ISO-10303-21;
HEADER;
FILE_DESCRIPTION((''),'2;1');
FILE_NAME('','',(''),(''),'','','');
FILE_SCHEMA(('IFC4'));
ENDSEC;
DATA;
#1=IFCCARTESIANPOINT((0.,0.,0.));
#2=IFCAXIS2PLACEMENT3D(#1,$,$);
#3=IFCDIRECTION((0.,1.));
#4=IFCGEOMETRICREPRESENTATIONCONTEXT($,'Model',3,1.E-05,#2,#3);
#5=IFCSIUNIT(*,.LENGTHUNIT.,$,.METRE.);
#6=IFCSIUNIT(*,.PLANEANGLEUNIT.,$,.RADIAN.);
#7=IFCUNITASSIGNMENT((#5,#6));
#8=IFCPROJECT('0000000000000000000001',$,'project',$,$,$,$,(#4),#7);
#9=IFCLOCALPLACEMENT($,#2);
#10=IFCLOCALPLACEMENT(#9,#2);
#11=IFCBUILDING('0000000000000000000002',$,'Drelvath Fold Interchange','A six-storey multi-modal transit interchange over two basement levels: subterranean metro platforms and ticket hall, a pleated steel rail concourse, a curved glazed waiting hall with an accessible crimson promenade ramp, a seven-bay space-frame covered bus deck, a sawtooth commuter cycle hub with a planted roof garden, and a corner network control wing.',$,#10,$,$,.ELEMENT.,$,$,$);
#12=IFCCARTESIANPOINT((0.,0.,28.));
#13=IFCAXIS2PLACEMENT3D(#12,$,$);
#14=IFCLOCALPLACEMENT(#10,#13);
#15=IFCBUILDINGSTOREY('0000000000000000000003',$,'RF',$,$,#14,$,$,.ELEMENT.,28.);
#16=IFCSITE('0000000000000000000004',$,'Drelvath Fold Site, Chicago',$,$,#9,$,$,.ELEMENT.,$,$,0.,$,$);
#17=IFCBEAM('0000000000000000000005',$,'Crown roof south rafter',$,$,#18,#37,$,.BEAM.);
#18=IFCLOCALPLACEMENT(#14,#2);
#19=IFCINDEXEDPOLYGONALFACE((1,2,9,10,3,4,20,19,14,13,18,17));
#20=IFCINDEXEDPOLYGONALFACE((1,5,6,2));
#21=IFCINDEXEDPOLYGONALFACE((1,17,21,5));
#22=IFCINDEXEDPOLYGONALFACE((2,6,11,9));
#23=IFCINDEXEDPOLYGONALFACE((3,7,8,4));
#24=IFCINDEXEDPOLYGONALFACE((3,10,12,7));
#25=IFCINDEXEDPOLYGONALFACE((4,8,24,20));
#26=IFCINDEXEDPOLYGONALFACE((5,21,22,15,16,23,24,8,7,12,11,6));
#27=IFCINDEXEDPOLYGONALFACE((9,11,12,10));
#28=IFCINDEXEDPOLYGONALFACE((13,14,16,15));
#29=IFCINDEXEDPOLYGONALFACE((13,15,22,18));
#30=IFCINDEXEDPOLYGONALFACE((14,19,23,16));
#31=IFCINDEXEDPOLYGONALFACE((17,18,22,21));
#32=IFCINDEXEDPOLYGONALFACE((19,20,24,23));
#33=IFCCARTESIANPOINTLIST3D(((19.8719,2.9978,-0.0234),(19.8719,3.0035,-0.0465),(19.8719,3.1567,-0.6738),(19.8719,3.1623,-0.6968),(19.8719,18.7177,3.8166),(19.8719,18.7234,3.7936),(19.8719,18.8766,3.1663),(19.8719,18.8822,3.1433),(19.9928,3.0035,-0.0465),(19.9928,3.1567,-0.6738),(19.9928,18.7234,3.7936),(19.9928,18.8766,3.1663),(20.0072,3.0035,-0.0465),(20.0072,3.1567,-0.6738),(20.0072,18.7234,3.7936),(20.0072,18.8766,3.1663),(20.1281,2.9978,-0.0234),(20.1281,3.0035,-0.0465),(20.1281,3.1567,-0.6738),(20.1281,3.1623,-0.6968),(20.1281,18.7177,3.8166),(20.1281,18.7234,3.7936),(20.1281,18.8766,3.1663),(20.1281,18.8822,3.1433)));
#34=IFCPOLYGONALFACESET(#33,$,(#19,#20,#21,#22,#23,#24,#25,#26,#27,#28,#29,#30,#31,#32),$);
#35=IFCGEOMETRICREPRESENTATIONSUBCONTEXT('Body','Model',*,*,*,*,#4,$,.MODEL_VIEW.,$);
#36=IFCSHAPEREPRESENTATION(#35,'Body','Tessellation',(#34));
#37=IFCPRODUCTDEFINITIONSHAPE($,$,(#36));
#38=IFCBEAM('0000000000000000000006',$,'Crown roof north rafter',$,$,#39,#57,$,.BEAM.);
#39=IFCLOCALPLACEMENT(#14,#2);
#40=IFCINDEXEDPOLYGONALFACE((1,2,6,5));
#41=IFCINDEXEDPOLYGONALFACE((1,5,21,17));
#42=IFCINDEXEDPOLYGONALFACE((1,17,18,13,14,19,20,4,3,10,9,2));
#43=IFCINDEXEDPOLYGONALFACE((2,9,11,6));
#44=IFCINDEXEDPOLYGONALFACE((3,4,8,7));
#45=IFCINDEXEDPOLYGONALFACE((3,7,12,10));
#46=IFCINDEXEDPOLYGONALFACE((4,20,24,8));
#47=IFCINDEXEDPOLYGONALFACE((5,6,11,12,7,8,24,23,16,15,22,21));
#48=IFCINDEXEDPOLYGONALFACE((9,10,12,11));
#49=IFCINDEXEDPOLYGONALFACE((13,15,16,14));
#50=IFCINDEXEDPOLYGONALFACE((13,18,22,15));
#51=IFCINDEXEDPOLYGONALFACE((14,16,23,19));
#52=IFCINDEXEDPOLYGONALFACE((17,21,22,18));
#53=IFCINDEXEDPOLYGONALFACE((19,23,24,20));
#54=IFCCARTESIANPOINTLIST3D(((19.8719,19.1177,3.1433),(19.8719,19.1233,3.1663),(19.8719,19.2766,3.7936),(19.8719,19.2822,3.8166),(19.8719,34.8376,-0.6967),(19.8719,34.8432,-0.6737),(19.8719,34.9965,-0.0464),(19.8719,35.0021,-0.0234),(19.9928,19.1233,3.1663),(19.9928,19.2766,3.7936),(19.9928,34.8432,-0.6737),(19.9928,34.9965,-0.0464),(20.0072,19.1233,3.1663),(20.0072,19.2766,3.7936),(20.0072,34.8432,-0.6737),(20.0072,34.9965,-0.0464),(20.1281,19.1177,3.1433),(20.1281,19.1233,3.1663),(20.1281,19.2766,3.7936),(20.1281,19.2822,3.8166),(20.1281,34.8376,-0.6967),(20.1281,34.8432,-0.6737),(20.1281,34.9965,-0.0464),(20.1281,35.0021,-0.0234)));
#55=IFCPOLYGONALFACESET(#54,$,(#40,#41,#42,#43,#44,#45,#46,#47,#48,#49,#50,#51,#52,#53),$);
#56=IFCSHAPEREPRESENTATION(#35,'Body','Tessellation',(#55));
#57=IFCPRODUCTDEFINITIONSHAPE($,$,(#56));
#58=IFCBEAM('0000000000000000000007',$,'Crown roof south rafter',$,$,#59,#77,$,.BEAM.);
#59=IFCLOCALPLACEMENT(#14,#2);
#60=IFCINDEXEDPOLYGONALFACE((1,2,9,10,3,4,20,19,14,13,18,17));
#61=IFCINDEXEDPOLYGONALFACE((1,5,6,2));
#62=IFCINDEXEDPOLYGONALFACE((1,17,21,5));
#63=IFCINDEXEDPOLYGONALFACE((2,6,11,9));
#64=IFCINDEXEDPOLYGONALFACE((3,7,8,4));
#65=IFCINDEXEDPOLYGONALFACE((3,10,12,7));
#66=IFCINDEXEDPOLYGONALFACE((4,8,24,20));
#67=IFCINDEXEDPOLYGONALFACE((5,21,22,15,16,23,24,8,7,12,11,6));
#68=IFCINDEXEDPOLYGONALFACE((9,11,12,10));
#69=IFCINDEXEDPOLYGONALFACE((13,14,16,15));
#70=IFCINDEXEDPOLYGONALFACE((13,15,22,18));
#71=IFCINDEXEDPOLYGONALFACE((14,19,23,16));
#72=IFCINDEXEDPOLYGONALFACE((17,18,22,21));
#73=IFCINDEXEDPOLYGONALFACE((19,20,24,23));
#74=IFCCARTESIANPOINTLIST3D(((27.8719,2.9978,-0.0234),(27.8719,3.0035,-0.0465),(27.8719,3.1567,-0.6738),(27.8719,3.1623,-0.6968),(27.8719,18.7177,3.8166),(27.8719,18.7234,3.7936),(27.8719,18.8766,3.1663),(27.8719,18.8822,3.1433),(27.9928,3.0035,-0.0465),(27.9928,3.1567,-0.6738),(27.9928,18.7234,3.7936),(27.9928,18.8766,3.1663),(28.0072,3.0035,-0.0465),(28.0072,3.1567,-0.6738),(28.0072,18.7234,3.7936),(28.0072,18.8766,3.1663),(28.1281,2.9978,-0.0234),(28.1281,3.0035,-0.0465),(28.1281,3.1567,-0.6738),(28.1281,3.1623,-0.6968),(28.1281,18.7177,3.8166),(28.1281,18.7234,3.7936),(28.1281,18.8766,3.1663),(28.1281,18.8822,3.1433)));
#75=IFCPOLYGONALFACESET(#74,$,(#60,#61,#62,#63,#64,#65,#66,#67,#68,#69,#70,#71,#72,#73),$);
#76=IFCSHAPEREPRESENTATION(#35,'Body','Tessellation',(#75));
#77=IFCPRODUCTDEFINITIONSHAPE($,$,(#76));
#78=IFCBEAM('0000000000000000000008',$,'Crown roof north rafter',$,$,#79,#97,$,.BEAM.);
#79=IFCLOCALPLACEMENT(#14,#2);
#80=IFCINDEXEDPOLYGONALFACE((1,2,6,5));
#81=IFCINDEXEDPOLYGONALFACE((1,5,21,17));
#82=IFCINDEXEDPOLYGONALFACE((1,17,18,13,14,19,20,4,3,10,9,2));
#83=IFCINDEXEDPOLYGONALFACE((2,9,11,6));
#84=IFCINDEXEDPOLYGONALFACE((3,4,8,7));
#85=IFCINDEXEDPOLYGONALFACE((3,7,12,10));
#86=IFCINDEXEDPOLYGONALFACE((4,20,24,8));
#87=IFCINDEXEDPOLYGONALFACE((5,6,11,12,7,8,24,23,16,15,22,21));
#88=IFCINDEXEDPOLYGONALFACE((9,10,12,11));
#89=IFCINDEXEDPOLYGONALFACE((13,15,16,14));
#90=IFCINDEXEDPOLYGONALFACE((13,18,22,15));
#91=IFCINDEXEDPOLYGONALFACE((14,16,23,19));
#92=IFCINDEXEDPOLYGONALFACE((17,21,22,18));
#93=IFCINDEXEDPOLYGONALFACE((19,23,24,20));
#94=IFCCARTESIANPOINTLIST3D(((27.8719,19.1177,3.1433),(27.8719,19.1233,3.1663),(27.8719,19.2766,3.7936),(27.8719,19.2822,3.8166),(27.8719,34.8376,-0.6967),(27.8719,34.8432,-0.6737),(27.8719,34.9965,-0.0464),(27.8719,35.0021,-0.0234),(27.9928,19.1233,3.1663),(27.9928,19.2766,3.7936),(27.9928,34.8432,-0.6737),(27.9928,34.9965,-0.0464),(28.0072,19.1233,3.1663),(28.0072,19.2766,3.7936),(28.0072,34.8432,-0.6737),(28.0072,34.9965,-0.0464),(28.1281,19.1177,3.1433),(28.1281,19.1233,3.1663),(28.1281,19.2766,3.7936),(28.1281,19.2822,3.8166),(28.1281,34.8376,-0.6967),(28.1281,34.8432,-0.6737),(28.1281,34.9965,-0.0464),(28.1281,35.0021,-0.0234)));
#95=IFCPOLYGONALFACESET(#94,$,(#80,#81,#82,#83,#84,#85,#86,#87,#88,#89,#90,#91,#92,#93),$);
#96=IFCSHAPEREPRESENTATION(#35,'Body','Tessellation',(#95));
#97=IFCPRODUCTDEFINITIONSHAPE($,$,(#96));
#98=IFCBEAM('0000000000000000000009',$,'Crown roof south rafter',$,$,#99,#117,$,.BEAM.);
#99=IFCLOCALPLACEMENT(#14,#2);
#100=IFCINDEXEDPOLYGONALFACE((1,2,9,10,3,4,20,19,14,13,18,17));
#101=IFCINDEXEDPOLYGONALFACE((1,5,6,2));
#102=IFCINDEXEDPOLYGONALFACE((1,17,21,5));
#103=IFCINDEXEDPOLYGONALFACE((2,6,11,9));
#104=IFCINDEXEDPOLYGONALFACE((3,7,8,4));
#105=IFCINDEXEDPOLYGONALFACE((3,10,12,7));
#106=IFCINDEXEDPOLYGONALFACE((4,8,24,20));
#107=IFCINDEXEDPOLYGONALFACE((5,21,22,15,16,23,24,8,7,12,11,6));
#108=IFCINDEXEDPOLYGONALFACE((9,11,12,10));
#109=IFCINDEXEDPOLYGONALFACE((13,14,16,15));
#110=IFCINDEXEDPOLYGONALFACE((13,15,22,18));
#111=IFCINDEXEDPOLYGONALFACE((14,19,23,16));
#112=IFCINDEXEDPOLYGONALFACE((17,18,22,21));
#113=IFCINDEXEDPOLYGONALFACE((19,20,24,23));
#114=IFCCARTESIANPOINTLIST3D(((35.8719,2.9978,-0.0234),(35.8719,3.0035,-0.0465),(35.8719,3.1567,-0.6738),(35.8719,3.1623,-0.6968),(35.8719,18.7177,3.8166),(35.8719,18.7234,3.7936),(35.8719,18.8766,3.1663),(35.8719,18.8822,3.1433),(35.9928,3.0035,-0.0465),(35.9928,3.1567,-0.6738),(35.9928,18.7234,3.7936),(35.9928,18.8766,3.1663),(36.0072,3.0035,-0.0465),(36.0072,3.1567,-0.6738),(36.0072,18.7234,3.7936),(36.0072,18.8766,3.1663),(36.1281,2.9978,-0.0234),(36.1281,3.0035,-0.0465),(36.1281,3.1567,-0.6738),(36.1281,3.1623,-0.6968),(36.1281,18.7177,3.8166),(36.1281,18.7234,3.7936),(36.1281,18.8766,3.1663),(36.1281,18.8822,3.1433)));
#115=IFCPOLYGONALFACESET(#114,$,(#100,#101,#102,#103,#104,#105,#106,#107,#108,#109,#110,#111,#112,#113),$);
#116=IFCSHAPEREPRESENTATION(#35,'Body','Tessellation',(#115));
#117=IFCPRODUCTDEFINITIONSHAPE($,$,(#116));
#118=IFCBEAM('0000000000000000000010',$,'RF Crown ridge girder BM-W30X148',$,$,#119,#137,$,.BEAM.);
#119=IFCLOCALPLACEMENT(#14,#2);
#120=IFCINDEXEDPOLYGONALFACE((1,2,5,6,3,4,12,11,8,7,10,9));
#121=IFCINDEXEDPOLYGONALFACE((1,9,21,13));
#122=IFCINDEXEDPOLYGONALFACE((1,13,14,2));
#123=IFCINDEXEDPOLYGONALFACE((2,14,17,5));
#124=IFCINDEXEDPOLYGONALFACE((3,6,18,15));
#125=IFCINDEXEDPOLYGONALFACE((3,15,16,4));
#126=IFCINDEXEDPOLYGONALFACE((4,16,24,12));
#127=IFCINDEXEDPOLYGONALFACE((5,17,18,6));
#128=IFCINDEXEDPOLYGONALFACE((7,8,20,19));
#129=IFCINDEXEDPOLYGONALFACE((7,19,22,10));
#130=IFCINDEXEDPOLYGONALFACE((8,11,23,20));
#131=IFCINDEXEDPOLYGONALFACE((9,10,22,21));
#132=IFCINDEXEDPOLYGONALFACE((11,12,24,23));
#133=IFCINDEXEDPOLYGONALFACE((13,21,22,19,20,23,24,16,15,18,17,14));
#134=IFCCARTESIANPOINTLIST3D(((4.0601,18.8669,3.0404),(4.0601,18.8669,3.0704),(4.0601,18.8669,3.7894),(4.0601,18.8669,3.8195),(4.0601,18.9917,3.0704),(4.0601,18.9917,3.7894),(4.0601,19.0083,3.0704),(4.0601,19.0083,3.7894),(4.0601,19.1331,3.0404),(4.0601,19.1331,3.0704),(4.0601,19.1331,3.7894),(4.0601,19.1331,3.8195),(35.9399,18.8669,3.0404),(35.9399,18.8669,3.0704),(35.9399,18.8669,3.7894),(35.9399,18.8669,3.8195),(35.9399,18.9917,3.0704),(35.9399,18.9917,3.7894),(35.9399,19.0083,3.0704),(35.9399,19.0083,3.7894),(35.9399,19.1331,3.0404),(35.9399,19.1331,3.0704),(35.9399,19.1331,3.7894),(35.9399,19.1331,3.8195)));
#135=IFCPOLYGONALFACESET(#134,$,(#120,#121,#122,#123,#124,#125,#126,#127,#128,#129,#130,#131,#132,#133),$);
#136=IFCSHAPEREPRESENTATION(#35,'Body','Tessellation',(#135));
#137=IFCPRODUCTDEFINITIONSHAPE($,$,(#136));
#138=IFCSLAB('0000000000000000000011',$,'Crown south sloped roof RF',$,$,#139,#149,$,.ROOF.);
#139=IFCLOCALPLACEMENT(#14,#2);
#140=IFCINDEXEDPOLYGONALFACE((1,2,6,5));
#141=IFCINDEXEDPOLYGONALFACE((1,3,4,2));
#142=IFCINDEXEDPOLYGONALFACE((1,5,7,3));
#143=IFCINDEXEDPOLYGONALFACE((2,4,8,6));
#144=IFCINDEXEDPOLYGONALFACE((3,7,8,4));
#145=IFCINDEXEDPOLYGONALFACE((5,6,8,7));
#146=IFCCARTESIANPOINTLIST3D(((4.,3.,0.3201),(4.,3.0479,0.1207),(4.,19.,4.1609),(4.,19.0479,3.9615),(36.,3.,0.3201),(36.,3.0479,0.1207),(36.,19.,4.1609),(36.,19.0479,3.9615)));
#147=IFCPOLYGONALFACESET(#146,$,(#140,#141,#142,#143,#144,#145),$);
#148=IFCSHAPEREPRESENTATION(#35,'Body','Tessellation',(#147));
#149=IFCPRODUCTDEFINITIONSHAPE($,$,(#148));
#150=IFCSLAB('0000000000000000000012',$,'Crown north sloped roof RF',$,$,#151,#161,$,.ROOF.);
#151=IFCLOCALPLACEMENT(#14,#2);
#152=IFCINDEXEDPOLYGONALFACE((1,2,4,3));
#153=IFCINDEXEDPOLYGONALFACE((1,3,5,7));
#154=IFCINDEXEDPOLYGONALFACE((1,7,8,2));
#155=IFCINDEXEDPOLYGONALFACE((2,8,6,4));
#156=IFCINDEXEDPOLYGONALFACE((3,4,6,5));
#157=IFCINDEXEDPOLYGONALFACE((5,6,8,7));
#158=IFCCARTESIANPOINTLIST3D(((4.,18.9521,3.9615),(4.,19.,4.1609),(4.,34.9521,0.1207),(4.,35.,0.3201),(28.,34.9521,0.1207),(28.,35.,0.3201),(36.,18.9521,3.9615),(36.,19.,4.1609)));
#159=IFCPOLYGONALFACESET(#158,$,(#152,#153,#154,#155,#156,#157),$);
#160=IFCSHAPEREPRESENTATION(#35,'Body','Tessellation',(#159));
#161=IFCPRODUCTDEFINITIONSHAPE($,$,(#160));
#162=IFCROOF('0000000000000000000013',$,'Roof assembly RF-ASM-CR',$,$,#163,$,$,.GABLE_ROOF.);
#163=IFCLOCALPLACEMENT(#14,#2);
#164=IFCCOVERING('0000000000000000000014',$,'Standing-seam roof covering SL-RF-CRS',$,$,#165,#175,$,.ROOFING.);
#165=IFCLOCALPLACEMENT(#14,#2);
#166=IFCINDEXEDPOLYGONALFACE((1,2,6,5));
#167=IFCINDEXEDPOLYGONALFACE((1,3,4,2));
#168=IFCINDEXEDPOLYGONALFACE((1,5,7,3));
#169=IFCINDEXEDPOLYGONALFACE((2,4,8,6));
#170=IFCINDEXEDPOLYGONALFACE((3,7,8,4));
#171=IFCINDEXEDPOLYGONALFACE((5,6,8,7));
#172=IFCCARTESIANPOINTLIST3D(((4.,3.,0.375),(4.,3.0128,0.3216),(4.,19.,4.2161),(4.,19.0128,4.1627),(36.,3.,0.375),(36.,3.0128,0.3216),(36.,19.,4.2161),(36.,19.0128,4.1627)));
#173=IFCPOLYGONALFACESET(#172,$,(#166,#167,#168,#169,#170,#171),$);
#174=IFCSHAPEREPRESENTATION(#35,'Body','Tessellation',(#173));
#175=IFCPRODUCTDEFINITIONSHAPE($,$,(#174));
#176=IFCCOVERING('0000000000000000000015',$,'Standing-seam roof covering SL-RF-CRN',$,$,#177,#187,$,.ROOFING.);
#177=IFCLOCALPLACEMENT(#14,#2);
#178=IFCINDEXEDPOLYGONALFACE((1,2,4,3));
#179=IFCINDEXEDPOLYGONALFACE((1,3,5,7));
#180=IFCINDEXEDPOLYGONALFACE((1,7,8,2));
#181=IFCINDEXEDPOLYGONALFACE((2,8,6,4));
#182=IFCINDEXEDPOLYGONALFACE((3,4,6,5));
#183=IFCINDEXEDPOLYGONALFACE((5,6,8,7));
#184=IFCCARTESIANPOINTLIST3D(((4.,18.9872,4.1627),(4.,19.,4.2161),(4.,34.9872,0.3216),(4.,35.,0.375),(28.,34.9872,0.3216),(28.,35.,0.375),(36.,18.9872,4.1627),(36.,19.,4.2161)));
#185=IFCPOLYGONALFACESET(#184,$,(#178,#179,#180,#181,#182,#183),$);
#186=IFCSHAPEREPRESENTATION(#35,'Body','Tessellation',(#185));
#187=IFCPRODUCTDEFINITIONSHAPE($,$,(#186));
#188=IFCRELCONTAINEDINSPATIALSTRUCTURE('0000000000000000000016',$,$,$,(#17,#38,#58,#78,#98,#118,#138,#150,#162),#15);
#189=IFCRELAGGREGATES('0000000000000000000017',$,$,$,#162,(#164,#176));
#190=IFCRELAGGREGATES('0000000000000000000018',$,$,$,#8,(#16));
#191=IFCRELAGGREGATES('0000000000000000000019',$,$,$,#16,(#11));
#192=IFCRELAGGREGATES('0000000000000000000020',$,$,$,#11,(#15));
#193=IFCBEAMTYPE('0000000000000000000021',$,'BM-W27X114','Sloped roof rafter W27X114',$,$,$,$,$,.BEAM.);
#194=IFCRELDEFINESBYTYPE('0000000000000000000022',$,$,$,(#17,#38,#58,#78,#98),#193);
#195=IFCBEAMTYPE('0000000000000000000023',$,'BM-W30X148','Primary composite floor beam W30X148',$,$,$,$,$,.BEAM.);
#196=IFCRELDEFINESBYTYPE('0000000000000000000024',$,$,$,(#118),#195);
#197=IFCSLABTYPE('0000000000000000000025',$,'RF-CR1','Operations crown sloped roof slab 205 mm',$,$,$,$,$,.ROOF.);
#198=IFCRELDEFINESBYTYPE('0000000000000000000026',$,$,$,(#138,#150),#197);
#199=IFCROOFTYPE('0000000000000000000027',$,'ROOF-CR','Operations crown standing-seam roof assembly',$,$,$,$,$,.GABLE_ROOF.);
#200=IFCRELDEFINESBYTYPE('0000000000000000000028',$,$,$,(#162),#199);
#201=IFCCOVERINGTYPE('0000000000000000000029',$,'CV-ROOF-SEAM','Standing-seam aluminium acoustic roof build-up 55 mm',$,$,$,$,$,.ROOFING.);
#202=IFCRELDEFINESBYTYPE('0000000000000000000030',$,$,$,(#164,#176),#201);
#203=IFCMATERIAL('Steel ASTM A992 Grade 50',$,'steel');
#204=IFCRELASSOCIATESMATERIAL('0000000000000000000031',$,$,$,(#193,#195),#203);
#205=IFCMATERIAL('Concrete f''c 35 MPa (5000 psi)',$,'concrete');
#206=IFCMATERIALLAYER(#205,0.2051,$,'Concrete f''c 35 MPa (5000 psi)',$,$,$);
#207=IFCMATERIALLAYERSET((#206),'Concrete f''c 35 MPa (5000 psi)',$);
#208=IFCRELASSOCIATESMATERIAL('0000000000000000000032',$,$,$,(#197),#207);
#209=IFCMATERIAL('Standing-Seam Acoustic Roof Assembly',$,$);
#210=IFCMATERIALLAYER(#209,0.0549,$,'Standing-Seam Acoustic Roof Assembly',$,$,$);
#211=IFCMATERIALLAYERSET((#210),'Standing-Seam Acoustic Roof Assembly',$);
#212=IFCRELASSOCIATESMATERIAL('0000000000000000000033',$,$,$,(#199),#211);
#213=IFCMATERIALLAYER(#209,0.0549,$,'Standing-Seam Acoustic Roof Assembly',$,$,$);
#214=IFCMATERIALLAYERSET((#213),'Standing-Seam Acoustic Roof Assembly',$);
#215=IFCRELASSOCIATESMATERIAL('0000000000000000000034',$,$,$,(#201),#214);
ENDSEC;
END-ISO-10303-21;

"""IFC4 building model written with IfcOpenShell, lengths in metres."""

from ifc_helpers import new_model, si_unit, direction, frame, origin, origin_2d, place, context, subcontext, project, spatial, polyline, i_section, outline, extrude, material, layer, layer_set, material_profile, profile_set, type_object, element, aggregate, save


model = new_model("IFC4")

# Units and contexts
model_context = context("Model", 3, precision=1e-05, world=origin(), true_north=direction((0.0, 1.0)))
body_context = subcontext(model_context, "Body", "Model", "MODEL_VIEW")
ifc_project = project(units=[si_unit("LENGTHUNIT", "METRE"), si_unit("PLANEANGLEUNIT", "RADIAN")], contexts=[model_context])

# Site, building, storey
site_placement = place(None, origin())
site = spatial("IfcSite", under=ifc_project, at=site_placement, Name="Drelvath Fold Site, Chicago", CompositionType="ELEMENT", RefElevation=0.0)
building_placement = place(site_placement, origin())
building = spatial("IfcBuilding", under=site, at=building_placement, Name="Drelvath Fold Interchange", Description="A six-storey multi-modal transit interchange over two basement levels: subterranean metro platforms and ticket hall, a pleated steel rail concourse, a curved glazed waiting hall with an accessible crimson promenade ramp, a seven-bay space-frame covered bus deck, a sawtooth commuter cycle hub with a planted roof garden, and a corner network control wing.", CompositionType="ELEMENT")
storey_placement = place(building_placement, frame((0.0, 0.0, 28.0)))
storey = spatial("IfcBuildingStorey", under=building, at=storey_placement, Name="RF", CompositionType="ELEMENT", Elevation=28.0)

# Shared definitions
ifc_material_1 = material(Name="Steel ASTM A992 Grade 50", Category="steel")

# Beams
ifc_material_profile_1 = material_profile(ifc_material_1, i_section(OverallWidth=0.2561, OverallDepth=0.6931, WebThickness=0.0144, FlangeThickness=0.0237, at=origin_2d()), Name="W27X114")
ifc_profile_set_1 = profile_set([ifc_material_profile_1], Name="Steel ASTM A992 Grade 50")
beam_type_1 = type_object("IfcBeamType", Name="BM-W27X114", Description="Sloped roof rafter W27X114", PredefinedType="BEAM", material=ifc_profile_set_1)
for number, where, z_axis, x_axis, name in (
    (1, (20.0, 3.0801, -0.3601), (0.0, 0.971436, 0.237303), (-1.0, 0.0, 0.0), "Crown roof south rafter"),
    (2, (20.0, 19.2, 3.48), (0.0, 0.971436, -0.237303), (-1.0, 0.0, 0.0), "Crown roof north rafter"),
    (3, (28.0, 3.0801, -0.3601), (0.0, 0.971436, 0.237303), (-1.0, 0.0, 0.0), "Crown roof south rafter"),
    (4, (28.0, 19.2, 3.48), (0.0, 0.971436, -0.237303), (-1.0, 0.0, 0.0), "Crown roof north rafter"),
    (5, (36.0, 3.0801, -0.3601), (0.0, 0.971436, 0.237303), (-1.0, 0.0, 0.0), "Crown roof south rafter"),
):
    element("IfcBeam", number, at=place(storey_placement, frame(where, z_axis=z_axis, x_axis=x_axis)), inside=storey, type_object=beam_type_1, Name=name, PredefinedType="BEAM", context=body_context, shape_type="SweptSolid", body=[
        extrude(i_section(OverallWidth=0.2561, OverallDepth=0.6931, WebThickness=0.0144, FlangeThickness=0.0237, at=origin_2d()), origin(), (0.0, 0.0, 1.0), 16.1821),
    ])
ifc_material_profile_2 = material_profile(ifc_material_1, i_section(OverallWidth=0.2661, OverallDepth=0.7791, WebThickness=0.0166, FlangeThickness=0.03, at=origin_2d()), Name="W30X148")
ifc_profile_set_2 = profile_set([ifc_material_profile_2], Name="Steel ASTM A992 Grade 50")
beam_type_2 = type_object("IfcBeamType", Name="BM-W30X148", Description="Primary composite floor beam W30X148", PredefinedType="BEAM", material=ifc_profile_set_2)
beam_placement = place(storey_placement, frame((4.0601, 19.0, 3.4299), z_axis=(1.0, 0.0, 0.0), x_axis=(0.0, 1.0, 0.0)))
element("IfcBeam", 6, at=beam_placement, inside=storey, type_object=beam_type_2, Name="RF Crown ridge girder BM-W30X148", PredefinedType="BEAM", context=body_context, shape_type="SweptSolid", body=[
    extrude(i_section(OverallWidth=0.2661, OverallDepth=0.7791, WebThickness=0.0166, FlangeThickness=0.03, at=origin_2d()), origin(), (0.0, 0.0, 1.0), 31.8799),
])

# Slabs
ifc_material_2 = material(Name="Concrete f'c 35 MPa (5000 psi)", Category="concrete")
ifc_layer_1 = layer(ifc_material_2, 0.2051, Name="Concrete f'c 35 MPa (5000 psi)")
ifc_layer_set_1 = layer_set([ifc_layer_1], Name="Concrete f'c 35 MPa (5000 psi)")
slab_type = type_object("IfcSlabType", Name="RF-CR1", Description="Operations crown sloped roof slab 205 mm", PredefinedType="ROOF", material=ifc_layer_set_1)
slab_1_placement = place(storey_placement, frame((4.0, 3.0, 0.3201), z_axis=(0.0, -0.23342, 0.972376), x_axis=(1.0, 0.0, 0.0)))
element("IfcSlab", 7, at=slab_1_placement, inside=storey, type_object=slab_type, Name="Crown south sloped roof RF", PredefinedType="ROOF", context=body_context, shape_type="SweptSolid", body=[
    extrude(outline(polyline([(0.0, 0.0), (32.0, 0.0), (32.0, 16.4545), (0.0, 16.4545), (0.0, 0.0)])), origin(), (0.0, 0.0, -1.0), 0.2051),
])
slab_2_placement = place(storey_placement, frame((4.0, 19.0, 4.1609), z_axis=(0.0, 0.23342, 0.972376), x_axis=(1.0, 0.0, 0.0)))
element("IfcSlab", 8, at=slab_2_placement, inside=storey, type_object=slab_type, Name="Crown north sloped roof RF", PredefinedType="ROOF", context=body_context, shape_type="SweptSolid", body=[
    extrude(outline(polyline([(0.0, 0.0), (32.0, 0.0), (24.0, 16.4545), (0.0, 16.4545), (0.0, 0.0)])), origin(), (0.0, 0.0, -1.0), 0.2051),
])

# Roof, coverings
ifc_material_3 = material(Name="Standing-Seam Acoustic Roof Assembly")
ifc_layer_2 = layer(ifc_material_3, 0.0549, Name="Standing-Seam Acoustic Roof Assembly")
ifc_layer_set_2 = layer_set([ifc_layer_2], Name="Standing-Seam Acoustic Roof Assembly")
roof_type = type_object("IfcRoofType", Name="ROOF-CR", Description="Operations crown standing-seam roof assembly", PredefinedType="GABLE_ROOF", material=ifc_layer_set_2)
roof_placement = place(storey_placement, origin())
roof = element("IfcRoof", 9, at=roof_placement, inside=storey, type_object=roof_type, Name="Roof assembly RF-ASM-CR", PredefinedType="GABLE_ROOF")
ifc_layer_3 = layer(ifc_material_3, 0.0549, Name="Standing-Seam Acoustic Roof Assembly")
ifc_layer_set_3 = layer_set([ifc_layer_3], Name="Standing-Seam Acoustic Roof Assembly")
covering_type = type_object("IfcCoveringType", Name="CV-ROOF-SEAM", Description="Standing-seam aluminium acoustic roof build-up 55 mm", PredefinedType="ROOFING", material=ifc_layer_set_3)
covering_1_placement = place(storey_placement, frame((4.0, 3.0, 0.375), z_axis=(0.0, -0.233434, 0.972373), x_axis=(1.0, 0.0, 0.0)))
covering_1 = element("IfcCovering", 10, at=covering_1_placement, type_object=covering_type, Name="Standing-seam roof covering SL-RF-CRS", PredefinedType="ROOFING", context=body_context, shape_type="SweptSolid", body=[
    extrude(outline(polyline([(0.0, 0.0), (32.0, 0.0), (32.0, 16.4546), (0.0, 16.4546), (0.0, 0.0)])), origin(), (0.0, 0.0, -1.0), 0.0549),
])
covering_2_placement = place(storey_placement, frame((4.0, 19.0, 4.2161), z_axis=(0.0, 0.233434, 0.972373), x_axis=(1.0, 0.0, 0.0)))
covering_2 = element("IfcCovering", 11, at=covering_2_placement, type_object=covering_type, Name="Standing-seam roof covering SL-RF-CRN", PredefinedType="ROOFING", context=body_context, shape_type="SweptSolid", body=[
    extrude(outline(polyline([(0.0, 0.0), (32.0, 0.0), (24.0, 16.4546), (0.0, 16.4546), (0.0, 0.0)])), origin(), (0.0, 0.0, -1.0), 0.0549),
])
aggregate(roof, [covering_1, covering_2])

save(model, "model.ifc")
